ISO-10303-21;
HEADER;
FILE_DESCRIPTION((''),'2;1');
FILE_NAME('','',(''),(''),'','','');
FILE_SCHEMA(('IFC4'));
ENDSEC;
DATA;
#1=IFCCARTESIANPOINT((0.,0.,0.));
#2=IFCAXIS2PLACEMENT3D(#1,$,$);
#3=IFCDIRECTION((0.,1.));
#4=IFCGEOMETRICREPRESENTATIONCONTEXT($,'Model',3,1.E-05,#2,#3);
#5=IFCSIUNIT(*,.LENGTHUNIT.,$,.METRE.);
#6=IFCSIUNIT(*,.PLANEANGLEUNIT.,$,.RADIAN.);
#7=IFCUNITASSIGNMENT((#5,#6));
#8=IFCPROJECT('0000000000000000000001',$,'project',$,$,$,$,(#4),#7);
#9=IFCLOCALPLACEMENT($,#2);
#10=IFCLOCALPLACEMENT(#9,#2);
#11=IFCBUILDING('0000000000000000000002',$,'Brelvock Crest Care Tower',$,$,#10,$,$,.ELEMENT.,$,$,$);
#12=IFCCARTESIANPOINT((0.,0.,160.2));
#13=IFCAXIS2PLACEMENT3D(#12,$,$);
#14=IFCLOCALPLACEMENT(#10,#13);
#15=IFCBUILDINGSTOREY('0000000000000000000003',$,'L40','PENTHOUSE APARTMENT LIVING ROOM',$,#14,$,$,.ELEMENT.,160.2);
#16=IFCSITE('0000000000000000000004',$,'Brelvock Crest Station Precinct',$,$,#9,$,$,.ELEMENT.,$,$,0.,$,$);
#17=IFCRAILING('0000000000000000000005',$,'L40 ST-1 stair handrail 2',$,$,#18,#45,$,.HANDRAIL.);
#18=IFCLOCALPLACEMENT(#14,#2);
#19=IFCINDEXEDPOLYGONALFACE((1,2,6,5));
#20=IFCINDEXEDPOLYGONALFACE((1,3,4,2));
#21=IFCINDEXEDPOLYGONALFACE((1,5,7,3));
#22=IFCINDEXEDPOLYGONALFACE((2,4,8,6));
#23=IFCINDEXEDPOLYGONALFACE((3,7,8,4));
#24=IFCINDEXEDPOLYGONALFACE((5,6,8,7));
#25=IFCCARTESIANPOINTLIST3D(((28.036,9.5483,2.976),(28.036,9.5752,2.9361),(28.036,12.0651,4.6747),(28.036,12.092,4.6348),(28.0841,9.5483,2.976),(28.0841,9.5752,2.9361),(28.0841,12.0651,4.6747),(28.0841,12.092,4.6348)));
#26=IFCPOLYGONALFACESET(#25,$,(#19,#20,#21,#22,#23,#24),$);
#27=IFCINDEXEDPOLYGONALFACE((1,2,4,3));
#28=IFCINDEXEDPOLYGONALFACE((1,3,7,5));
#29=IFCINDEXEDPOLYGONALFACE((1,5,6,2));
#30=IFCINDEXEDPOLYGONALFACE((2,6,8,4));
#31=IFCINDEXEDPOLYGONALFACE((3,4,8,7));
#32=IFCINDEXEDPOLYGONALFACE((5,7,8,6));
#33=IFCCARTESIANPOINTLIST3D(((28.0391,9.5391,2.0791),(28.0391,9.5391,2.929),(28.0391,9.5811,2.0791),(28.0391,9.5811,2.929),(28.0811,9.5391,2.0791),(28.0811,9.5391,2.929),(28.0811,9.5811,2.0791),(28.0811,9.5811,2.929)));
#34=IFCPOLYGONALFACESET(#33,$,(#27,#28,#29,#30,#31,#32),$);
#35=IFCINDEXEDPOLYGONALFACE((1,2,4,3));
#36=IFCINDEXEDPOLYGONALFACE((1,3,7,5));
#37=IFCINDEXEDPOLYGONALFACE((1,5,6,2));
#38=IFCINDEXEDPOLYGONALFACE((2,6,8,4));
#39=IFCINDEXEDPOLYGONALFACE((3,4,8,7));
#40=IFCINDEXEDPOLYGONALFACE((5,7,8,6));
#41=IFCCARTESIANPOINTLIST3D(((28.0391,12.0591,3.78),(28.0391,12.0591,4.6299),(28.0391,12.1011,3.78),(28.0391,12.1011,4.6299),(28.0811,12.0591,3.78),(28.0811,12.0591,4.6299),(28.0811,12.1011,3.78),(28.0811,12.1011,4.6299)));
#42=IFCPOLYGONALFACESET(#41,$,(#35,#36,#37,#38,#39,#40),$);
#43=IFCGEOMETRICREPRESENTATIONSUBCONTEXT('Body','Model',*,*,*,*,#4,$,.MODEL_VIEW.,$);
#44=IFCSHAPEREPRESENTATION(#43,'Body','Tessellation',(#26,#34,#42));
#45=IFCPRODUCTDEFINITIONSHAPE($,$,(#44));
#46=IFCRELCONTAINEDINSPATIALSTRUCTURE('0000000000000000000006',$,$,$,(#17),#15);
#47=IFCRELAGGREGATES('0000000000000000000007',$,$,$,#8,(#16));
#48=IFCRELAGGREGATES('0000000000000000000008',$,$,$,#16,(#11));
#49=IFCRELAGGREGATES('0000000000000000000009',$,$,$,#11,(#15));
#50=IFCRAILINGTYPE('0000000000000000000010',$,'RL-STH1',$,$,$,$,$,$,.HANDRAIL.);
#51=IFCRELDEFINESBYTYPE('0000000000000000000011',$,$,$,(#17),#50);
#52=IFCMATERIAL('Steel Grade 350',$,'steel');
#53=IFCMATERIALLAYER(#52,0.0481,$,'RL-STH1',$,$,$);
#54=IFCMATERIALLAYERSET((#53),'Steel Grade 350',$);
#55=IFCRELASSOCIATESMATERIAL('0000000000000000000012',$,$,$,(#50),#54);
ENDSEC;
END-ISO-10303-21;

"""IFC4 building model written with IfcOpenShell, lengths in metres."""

from ifc_helpers import new_model, si_unit, direction, frame, origin, origin_2d, place, context, subcontext, project, spatial, rectangle, extrude, material, layer, layer_set, type_object, element, save


model = new_model("IFC4")

# Units and contexts
model_context = context("Model", 3, precision=1e-05, world=origin(), true_north=direction((0.0, 1.0)))
body_context = subcontext(model_context, "Body", "Model", "MODEL_VIEW")
ifc_project = project(units=[si_unit("LENGTHUNIT", "METRE"), si_unit("PLANEANGLEUNIT", "RADIAN")], contexts=[model_context])

# Site, building, storey
site_placement = place(None, origin())
site = spatial("IfcSite", under=ifc_project, at=site_placement, Name="Brelvock Crest Station Precinct", CompositionType="ELEMENT", RefElevation=0.0)
building_placement = place(site_placement, origin())
building = spatial("IfcBuilding", under=site, at=building_placement, Name="Brelvock Crest Care Tower", CompositionType="ELEMENT")
storey_placement = place(building_placement, frame((0.0, 0.0, 160.2)))
storey = spatial("IfcBuildingStorey", under=building, at=storey_placement, Name="L40", Description="PENTHOUSE APARTMENT LIVING ROOM", CompositionType="ELEMENT", Elevation=160.2)

# Shared definitions
ifc_material_1 = material(Name="Steel Grade 350", Category="steel")

# Railing
ifc_layer_1 = layer(ifc_material_1, 0.0481, Name="RL-STH1")
ifc_layer_set_1 = layer_set([ifc_layer_1], Name="Steel Grade 350")
railing_type_1 = type_object("IfcRailingType", Name="RL-STH1", PredefinedType="HANDRAIL", material=ifc_layer_set_1)
railing_1_placement = place(storey_placement, frame((28.0601, 9.5601, 2.0791)))
element("IfcRailing", 1, at=railing_1_placement, inside=storey, type_object=railing_type_1, Name="L40 ST-1 stair handrail 2", PredefinedType="HANDRAIL", context=body_context, shape_type="SweptSolid", body=[
    extrude(rectangle(XDim=0.0481, YDim=0.0481, at=origin_2d()), frame((0.0, 0.0017, 0.877), z_axis=(0.0, 0.828862, 0.559454), x_axis=(-1.0, 0.0, 0.0)), (0.0, 0.0, 1.0), 3.0364),
    extrude(rectangle(XDim=0.042, YDim=0.042, at=origin_2d()), origin(), (0.0, 0.0, 1.0), 0.8499),
    extrude(rectangle(XDim=0.042, YDim=0.042, at=origin_2d()), frame((0.0, 2.52, 1.7009)), (0.0, 0.0, 1.0), 0.8499),
])

save(model, "model.ifc")
